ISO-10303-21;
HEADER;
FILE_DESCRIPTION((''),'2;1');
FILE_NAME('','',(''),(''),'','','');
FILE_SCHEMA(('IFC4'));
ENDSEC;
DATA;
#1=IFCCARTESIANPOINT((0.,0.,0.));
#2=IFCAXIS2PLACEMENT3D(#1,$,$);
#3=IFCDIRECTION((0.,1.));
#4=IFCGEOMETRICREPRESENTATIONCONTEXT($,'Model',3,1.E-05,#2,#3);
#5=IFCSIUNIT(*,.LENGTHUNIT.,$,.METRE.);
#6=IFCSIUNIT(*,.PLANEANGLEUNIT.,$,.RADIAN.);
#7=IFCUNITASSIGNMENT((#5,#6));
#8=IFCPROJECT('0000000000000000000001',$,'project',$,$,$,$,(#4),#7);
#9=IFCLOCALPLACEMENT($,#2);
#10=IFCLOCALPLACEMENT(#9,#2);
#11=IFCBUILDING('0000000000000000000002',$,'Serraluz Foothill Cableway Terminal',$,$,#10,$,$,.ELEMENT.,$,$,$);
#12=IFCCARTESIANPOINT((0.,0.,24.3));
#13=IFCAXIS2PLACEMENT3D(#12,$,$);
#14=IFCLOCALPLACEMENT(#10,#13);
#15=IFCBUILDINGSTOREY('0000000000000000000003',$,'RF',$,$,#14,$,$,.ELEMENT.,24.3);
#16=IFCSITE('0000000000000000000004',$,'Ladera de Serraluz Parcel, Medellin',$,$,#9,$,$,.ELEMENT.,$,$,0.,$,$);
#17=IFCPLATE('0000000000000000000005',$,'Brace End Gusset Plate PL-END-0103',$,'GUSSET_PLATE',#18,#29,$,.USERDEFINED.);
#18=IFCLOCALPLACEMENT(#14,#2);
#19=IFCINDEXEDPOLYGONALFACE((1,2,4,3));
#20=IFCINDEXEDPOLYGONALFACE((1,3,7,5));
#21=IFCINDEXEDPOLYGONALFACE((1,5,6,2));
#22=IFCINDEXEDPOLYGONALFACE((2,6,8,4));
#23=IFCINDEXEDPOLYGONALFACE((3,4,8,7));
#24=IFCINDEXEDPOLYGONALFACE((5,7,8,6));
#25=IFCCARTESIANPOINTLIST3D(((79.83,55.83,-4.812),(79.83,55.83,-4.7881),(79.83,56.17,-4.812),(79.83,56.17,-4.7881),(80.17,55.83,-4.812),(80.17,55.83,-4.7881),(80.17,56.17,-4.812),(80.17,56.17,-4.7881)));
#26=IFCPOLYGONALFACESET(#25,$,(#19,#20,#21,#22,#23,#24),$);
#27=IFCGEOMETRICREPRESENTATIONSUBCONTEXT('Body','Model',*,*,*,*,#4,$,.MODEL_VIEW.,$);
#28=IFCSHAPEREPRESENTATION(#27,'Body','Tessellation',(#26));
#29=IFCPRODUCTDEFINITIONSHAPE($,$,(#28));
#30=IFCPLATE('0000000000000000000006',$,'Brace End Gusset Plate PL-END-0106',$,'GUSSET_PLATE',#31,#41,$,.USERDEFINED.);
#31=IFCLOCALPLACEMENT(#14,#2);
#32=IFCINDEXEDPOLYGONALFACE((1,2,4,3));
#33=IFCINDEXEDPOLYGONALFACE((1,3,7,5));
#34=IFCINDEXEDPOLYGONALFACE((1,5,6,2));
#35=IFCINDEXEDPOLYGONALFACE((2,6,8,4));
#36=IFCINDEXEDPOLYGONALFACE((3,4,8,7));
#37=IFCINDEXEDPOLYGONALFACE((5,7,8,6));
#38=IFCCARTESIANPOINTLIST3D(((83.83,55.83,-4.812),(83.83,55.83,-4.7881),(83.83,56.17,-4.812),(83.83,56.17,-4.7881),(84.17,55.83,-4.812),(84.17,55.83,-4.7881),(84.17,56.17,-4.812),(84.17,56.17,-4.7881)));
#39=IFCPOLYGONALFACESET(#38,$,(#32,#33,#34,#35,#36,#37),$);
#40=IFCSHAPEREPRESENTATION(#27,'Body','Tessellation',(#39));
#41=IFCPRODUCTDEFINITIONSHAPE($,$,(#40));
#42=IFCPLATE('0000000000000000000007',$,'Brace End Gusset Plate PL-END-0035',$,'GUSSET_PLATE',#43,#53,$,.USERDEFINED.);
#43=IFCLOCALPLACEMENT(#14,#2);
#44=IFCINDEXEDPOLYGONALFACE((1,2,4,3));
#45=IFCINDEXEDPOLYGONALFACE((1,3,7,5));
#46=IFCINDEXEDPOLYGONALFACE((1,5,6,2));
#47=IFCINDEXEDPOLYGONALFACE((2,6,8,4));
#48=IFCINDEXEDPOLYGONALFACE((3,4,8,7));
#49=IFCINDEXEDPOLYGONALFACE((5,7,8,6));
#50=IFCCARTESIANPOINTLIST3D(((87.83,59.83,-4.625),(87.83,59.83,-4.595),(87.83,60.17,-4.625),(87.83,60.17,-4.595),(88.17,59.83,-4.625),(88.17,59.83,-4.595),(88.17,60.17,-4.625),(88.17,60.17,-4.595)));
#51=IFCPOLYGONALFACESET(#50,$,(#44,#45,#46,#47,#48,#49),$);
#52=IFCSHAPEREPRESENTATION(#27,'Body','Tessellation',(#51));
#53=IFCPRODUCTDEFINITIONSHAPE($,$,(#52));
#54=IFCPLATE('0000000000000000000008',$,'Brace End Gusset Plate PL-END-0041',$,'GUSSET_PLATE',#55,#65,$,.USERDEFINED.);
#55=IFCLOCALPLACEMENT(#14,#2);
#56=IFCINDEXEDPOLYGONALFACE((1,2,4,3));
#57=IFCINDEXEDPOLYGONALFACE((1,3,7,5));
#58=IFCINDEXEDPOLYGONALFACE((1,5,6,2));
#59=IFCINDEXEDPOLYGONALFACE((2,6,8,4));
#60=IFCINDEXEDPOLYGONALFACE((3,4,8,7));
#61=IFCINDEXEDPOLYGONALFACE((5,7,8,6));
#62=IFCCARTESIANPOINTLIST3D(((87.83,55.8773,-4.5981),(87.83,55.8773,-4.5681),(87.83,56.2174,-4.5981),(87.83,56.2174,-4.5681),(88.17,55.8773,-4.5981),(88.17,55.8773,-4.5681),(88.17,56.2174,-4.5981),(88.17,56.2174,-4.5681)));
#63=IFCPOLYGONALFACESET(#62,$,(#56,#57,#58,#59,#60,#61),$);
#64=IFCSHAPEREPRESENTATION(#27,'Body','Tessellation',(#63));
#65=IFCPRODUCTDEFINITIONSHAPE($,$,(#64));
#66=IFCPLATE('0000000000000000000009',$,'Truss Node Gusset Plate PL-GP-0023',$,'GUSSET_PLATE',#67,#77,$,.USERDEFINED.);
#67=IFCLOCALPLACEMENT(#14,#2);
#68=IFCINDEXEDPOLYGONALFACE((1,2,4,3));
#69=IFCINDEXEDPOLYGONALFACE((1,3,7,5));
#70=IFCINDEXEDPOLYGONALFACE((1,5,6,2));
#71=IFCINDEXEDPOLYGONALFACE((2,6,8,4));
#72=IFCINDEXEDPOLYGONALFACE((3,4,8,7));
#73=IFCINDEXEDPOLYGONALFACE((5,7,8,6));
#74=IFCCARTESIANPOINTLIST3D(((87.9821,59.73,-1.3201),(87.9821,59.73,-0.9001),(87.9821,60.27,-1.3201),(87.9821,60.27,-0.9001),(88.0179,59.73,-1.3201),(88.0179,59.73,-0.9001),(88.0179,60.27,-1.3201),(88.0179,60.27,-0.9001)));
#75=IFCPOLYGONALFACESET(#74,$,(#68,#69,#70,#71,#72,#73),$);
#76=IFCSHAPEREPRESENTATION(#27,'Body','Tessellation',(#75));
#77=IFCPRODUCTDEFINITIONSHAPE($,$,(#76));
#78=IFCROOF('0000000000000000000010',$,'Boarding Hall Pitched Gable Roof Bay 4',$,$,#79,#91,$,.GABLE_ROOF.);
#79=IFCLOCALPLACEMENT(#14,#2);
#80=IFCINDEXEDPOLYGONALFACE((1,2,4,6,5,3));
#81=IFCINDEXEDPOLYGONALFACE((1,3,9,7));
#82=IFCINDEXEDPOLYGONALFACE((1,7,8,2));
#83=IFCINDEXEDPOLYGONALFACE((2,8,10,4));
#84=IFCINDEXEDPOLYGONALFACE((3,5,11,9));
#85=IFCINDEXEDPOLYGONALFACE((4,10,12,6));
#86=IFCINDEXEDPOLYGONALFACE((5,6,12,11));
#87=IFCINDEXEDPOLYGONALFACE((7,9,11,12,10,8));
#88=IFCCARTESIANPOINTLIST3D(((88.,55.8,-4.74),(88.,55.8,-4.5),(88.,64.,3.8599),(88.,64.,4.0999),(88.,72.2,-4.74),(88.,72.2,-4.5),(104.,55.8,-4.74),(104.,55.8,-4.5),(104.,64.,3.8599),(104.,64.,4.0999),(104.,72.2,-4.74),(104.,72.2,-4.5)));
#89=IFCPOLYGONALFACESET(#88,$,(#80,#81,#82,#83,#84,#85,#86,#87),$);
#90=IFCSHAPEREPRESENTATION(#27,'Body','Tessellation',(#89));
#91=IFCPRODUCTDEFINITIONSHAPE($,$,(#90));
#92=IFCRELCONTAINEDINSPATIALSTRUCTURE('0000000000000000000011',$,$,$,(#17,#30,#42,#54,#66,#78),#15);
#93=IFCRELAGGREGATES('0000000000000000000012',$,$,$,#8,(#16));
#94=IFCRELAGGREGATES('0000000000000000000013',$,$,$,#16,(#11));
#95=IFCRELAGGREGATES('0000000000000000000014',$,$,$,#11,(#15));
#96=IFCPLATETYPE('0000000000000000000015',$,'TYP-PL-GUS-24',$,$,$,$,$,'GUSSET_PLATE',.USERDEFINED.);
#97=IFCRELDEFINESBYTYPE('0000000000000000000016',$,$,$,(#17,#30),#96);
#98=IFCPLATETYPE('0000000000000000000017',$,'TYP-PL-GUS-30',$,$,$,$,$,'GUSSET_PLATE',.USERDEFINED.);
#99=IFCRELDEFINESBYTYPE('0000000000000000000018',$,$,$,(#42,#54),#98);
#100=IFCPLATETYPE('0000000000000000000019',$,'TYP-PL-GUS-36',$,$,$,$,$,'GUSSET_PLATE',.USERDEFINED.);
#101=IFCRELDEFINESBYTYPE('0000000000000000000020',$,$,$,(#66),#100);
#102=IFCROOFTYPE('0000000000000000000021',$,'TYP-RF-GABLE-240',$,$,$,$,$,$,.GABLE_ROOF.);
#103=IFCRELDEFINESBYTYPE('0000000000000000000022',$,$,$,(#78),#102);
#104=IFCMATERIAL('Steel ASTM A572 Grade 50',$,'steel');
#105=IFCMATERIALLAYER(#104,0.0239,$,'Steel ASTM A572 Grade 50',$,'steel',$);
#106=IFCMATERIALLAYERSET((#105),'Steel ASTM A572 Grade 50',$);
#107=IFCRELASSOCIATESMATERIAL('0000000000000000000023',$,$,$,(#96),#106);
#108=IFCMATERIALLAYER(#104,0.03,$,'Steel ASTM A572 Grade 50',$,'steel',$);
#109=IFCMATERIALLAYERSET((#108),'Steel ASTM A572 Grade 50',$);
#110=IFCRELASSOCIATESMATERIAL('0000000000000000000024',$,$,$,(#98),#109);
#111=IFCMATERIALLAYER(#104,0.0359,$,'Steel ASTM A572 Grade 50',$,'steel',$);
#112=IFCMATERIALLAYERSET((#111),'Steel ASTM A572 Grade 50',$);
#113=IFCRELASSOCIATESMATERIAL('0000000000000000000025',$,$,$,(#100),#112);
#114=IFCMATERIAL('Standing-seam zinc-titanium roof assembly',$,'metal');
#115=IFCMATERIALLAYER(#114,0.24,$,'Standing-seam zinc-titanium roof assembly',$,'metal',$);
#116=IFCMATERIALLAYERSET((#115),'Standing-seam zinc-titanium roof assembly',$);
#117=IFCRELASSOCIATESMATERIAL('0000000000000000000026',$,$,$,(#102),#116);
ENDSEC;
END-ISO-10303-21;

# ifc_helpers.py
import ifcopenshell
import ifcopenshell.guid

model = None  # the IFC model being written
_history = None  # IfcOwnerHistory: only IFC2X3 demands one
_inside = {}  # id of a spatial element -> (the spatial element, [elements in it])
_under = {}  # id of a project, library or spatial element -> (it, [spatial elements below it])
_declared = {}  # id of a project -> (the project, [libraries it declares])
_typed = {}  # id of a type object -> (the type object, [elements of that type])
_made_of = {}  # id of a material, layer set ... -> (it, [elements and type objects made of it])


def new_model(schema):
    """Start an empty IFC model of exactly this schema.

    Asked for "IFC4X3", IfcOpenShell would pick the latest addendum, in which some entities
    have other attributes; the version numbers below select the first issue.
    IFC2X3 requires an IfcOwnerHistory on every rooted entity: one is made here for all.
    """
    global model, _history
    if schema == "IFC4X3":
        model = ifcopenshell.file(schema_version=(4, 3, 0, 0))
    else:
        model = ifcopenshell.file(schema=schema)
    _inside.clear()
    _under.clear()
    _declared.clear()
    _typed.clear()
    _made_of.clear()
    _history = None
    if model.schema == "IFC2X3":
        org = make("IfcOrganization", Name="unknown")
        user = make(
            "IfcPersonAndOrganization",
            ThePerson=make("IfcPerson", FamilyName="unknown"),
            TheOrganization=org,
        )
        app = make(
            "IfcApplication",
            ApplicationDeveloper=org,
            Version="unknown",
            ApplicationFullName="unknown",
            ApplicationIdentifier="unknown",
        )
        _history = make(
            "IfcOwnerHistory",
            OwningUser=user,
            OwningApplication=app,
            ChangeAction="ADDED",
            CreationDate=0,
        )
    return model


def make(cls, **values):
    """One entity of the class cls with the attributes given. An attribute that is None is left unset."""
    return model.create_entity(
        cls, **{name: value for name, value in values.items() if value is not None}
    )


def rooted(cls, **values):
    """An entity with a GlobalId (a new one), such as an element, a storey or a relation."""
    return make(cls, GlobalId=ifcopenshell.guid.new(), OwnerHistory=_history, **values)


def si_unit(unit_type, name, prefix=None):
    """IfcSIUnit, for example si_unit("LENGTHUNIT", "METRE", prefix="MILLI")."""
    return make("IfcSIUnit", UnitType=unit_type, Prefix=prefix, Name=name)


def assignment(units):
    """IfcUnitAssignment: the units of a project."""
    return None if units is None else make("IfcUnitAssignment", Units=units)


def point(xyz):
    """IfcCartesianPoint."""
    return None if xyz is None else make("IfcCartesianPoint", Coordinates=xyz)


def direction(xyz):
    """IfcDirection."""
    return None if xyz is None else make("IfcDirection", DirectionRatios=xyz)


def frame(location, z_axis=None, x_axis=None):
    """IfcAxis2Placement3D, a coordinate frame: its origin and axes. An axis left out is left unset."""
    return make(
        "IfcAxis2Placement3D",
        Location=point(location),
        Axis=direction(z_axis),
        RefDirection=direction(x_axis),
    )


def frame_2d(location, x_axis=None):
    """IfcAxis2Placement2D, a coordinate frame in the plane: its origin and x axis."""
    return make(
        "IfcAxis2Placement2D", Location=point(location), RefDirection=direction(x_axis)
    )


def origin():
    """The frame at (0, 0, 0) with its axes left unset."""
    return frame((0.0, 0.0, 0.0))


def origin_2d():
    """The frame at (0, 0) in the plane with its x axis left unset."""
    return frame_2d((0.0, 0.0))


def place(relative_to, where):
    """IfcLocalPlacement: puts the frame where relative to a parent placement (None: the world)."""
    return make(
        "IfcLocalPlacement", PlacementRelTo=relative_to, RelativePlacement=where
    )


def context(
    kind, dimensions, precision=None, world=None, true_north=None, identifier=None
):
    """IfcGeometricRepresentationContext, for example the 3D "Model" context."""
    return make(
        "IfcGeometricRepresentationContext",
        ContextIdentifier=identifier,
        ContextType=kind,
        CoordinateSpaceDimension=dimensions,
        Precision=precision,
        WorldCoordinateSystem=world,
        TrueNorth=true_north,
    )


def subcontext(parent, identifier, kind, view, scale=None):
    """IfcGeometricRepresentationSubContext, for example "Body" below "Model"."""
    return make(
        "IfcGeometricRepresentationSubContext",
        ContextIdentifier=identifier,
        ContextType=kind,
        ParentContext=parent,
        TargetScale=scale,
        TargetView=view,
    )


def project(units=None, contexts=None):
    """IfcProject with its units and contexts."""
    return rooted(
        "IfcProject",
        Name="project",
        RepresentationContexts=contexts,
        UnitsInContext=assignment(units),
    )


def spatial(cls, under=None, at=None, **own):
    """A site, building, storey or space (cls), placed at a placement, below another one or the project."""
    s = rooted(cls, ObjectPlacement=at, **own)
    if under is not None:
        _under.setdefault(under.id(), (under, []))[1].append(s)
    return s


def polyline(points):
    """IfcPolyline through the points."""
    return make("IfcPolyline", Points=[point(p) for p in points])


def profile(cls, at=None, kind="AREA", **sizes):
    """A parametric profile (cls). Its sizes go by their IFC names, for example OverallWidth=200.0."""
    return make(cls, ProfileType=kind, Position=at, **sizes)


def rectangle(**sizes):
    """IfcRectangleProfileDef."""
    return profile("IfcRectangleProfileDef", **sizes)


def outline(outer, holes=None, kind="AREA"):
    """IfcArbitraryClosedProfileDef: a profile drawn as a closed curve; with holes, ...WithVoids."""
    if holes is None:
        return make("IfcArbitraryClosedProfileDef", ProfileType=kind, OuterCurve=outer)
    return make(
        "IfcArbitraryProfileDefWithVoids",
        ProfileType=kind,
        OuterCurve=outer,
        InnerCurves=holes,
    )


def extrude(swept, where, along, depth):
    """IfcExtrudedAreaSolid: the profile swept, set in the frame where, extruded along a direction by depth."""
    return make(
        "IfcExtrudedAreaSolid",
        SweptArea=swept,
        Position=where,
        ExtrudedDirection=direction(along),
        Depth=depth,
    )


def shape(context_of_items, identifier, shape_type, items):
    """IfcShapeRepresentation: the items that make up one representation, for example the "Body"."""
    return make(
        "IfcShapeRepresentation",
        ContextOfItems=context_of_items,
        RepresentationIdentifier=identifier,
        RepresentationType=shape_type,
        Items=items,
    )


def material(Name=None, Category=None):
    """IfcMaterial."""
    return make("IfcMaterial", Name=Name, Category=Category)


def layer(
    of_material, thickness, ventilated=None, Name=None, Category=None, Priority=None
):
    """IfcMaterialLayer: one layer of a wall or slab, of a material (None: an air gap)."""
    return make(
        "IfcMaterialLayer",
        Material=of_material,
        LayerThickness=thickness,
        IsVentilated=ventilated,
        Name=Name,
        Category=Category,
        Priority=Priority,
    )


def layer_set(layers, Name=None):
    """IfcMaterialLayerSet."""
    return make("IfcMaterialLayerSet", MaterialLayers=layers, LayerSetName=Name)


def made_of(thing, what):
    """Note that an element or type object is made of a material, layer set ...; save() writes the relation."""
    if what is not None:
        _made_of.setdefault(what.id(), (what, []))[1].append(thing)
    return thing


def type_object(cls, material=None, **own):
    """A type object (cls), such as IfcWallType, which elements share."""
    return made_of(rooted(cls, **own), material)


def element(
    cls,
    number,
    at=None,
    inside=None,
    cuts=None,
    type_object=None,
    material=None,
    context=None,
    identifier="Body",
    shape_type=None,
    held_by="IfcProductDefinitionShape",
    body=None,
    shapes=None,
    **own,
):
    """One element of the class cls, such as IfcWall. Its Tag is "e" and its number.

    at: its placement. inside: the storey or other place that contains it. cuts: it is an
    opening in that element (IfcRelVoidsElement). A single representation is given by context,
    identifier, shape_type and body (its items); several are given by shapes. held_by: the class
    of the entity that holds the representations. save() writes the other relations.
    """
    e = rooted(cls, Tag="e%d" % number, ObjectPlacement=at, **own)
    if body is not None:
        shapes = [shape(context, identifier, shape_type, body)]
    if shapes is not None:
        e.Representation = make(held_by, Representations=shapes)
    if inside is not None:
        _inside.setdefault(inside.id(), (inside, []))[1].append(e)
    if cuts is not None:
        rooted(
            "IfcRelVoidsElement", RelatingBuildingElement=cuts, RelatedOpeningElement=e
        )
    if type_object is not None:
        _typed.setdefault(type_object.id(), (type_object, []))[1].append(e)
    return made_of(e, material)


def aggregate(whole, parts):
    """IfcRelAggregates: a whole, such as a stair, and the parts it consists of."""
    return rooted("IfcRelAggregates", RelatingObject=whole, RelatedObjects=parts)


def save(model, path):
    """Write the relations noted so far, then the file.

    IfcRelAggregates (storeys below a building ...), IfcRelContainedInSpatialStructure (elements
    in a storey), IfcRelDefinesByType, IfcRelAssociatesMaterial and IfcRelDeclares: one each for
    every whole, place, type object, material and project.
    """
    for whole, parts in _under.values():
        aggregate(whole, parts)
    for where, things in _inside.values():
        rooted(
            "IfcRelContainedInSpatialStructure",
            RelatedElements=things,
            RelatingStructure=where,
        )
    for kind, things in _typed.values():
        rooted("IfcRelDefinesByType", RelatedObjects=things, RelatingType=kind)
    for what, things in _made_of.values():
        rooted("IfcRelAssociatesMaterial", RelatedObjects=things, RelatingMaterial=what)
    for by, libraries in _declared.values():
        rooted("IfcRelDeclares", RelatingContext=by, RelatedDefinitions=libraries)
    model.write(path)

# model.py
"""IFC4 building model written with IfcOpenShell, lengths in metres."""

from ifc_helpers import new_model, si_unit, direction, frame, origin, origin_2d, place, context, subcontext, project, spatial, polyline, rectangle, outline, extrude, material, layer, layer_set, type_object, element, save


model = new_model("IFC4")

# Units and contexts
model_context = context("Model", 3, precision=1e-05, world=origin(), true_north=direction((0.0, 1.0)))
body_context = subcontext(model_context, "Body", "Model", "MODEL_VIEW")
ifc_project = project(units=[si_unit("LENGTHUNIT", "METRE"), si_unit("PLANEANGLEUNIT", "RADIAN")], contexts=[model_context])

# Site, building, storey
site_placement = place(None, origin())
site = spatial("IfcSite", under=ifc_project, at=site_placement, Name="Ladera de Serraluz Parcel, Medellin", CompositionType="ELEMENT", RefElevation=0.0)
building_placement = place(site_placement, origin())
building = spatial("IfcBuilding", under=site, at=building_placement, Name="Serraluz Foothill Cableway Terminal", CompositionType="ELEMENT")
storey_placement = place(building_placement, frame((0.0, 0.0, 24.3)))
storey = spatial("IfcBuildingStorey", under=building, at=storey_placement, Name="RF", CompositionType="ELEMENT", Elevation=24.3)

# Shared definitions
ifc_material_1 = material(Name="Steel ASTM A572 Grade 50", Category="steel")

# Plates
ifc_layer_1 = layer(ifc_material_1, 0.0239, Name="Steel ASTM A572 Grade 50", Category="steel")
ifc_layer_set_1 = layer_set([ifc_layer_1], Name="Steel ASTM A572 Grade 50")
plate_type_1 = type_object("IfcPlateType", Name="TYP-PL-GUS-24", ElementType="GUSSET_PLATE", PredefinedType="USERDEFINED", material=ifc_layer_set_1)
for number, where, z_axis, x_axis, name in (
    (1, (80.0, 56.0, -4.812), (0.0, 0.0, 1.0), (1.0, 0.0, 0.0), "Brace End Gusset Plate PL-END-0103"),
    (2, (84.0, 56.0, -4.812), (0.0, 0.0, 1.0), (1.0, 0.0, 0.0), "Brace End Gusset Plate PL-END-0106"),
):
    element("IfcPlate", number, at=place(storey_placement, frame(where, z_axis=z_axis, x_axis=x_axis)), inside=storey, type_object=plate_type_1, Name=name, ObjectType="GUSSET_PLATE", PredefinedType="USERDEFINED", context=body_context, shape_type="SweptSolid", body=[
        extrude(rectangle(XDim=0.3401, YDim=0.3401, at=origin_2d()), origin(), (0.0, 0.0, 1.0), 0.0239),
    ])
ifc_layer_2 = layer(ifc_material_1, 0.03, Name="Steel ASTM A572 Grade 50", Category="steel")
ifc_layer_set_2 = layer_set([ifc_layer_2], Name="Steel ASTM A572 Grade 50")
plate_type_2 = type_object("IfcPlateType", Name="TYP-PL-GUS-30", ElementType="GUSSET_PLATE", PredefinedType="USERDEFINED", material=ifc_layer_set_2)
for number, where, z_axis, x_axis, name in (
    (3, (88.0, 60.0, -4.625), (0.0, 0.0, 1.0), (1.0, 0.0, 0.0), "Brace End Gusset Plate PL-END-0035"),
    (4, (88.0, 56.0474, -4.5981), (0.0, 0.0, 1.0), (1.0, 0.0, 0.0), "Brace End Gusset Plate PL-END-0041"),
):
    element("IfcPlate", number, at=place(storey_placement, frame(where, z_axis=z_axis, x_axis=x_axis)), inside=storey, type_object=plate_type_2, Name=name, ObjectType="GUSSET_PLATE", PredefinedType="USERDEFINED", context=body_context, shape_type="SweptSolid", body=[
        extrude(rectangle(XDim=0.3401, YDim=0.3401, at=origin_2d()), origin(), (0.0, 0.0, 1.0), 0.03),
    ])
ifc_layer_3 = layer(ifc_material_1, 0.0359, Name="Steel ASTM A572 Grade 50", Category="steel")
ifc_layer_set_3 = layer_set([ifc_layer_3], Name="Steel ASTM A572 Grade 50")
plate_type_3 = type_object("IfcPlateType", Name="TYP-PL-GUS-36", ElementType="GUSSET_PLATE", PredefinedType="USERDEFINED", material=ifc_layer_set_3)
plate_1_placement = place(storey_placement, frame((88.0, 60.0, -1.3201), z_axis=(0.0, 0.0, 1.0), x_axis=(1.0, 0.0, 0.0)))
element("IfcPlate", 5, at=plate_1_placement, inside=storey, type_object=plate_type_3, Name="Truss Node Gusset Plate PL-GP-0023", ObjectType="GUSSET_PLATE", PredefinedType="USERDEFINED", context=body_context, shape_type="SweptSolid", body=[
    extrude(rectangle(XDim=0.0359, YDim=0.54, at=origin_2d()), origin(), (0.0, 0.0, 1.0), 0.4199),
])

# Roof
ifc_material_2 = material(Name="Standing-seam zinc-titanium roof assembly", Category="metal")
ifc_layer_4 = layer(ifc_material_2, 0.24, Name="Standing-seam zinc-titanium roof assembly", Category="metal")
ifc_layer_set_4 = layer_set([ifc_layer_4], Name="Standing-seam zinc-titanium roof assembly")
roof_type = type_object("IfcRoofType", Name="TYP-RF-GABLE-240", PredefinedType="GABLE_ROOF", material=ifc_layer_set_4)
roof_placement = place(storey_placement, frame((88.0, 55.8, -4.5)))
element("IfcRoof", 6, at=roof_placement, inside=storey, type_object=roof_type, Name="Boarding Hall Pitched Gable Roof Bay 4", PredefinedType="GABLE_ROOF", context=body_context, shape_type="SweptSolid", body=[
    extrude(outline(polyline([(0.0, 0.0), (8.2, 8.5999), (16.3999, 0.0), (16.3999, -0.24), (8.2, 8.3599), (0.0, -0.24), (0.0, 0.0)])), frame((0.0, 0.0, 0.0), z_axis=(1.0, 0.0, 0.0), x_axis=(0.0, 1.0, 0.0)), (0.0, 0.0, 1.0), 16.0),
])

save(model, "model.ifc")
